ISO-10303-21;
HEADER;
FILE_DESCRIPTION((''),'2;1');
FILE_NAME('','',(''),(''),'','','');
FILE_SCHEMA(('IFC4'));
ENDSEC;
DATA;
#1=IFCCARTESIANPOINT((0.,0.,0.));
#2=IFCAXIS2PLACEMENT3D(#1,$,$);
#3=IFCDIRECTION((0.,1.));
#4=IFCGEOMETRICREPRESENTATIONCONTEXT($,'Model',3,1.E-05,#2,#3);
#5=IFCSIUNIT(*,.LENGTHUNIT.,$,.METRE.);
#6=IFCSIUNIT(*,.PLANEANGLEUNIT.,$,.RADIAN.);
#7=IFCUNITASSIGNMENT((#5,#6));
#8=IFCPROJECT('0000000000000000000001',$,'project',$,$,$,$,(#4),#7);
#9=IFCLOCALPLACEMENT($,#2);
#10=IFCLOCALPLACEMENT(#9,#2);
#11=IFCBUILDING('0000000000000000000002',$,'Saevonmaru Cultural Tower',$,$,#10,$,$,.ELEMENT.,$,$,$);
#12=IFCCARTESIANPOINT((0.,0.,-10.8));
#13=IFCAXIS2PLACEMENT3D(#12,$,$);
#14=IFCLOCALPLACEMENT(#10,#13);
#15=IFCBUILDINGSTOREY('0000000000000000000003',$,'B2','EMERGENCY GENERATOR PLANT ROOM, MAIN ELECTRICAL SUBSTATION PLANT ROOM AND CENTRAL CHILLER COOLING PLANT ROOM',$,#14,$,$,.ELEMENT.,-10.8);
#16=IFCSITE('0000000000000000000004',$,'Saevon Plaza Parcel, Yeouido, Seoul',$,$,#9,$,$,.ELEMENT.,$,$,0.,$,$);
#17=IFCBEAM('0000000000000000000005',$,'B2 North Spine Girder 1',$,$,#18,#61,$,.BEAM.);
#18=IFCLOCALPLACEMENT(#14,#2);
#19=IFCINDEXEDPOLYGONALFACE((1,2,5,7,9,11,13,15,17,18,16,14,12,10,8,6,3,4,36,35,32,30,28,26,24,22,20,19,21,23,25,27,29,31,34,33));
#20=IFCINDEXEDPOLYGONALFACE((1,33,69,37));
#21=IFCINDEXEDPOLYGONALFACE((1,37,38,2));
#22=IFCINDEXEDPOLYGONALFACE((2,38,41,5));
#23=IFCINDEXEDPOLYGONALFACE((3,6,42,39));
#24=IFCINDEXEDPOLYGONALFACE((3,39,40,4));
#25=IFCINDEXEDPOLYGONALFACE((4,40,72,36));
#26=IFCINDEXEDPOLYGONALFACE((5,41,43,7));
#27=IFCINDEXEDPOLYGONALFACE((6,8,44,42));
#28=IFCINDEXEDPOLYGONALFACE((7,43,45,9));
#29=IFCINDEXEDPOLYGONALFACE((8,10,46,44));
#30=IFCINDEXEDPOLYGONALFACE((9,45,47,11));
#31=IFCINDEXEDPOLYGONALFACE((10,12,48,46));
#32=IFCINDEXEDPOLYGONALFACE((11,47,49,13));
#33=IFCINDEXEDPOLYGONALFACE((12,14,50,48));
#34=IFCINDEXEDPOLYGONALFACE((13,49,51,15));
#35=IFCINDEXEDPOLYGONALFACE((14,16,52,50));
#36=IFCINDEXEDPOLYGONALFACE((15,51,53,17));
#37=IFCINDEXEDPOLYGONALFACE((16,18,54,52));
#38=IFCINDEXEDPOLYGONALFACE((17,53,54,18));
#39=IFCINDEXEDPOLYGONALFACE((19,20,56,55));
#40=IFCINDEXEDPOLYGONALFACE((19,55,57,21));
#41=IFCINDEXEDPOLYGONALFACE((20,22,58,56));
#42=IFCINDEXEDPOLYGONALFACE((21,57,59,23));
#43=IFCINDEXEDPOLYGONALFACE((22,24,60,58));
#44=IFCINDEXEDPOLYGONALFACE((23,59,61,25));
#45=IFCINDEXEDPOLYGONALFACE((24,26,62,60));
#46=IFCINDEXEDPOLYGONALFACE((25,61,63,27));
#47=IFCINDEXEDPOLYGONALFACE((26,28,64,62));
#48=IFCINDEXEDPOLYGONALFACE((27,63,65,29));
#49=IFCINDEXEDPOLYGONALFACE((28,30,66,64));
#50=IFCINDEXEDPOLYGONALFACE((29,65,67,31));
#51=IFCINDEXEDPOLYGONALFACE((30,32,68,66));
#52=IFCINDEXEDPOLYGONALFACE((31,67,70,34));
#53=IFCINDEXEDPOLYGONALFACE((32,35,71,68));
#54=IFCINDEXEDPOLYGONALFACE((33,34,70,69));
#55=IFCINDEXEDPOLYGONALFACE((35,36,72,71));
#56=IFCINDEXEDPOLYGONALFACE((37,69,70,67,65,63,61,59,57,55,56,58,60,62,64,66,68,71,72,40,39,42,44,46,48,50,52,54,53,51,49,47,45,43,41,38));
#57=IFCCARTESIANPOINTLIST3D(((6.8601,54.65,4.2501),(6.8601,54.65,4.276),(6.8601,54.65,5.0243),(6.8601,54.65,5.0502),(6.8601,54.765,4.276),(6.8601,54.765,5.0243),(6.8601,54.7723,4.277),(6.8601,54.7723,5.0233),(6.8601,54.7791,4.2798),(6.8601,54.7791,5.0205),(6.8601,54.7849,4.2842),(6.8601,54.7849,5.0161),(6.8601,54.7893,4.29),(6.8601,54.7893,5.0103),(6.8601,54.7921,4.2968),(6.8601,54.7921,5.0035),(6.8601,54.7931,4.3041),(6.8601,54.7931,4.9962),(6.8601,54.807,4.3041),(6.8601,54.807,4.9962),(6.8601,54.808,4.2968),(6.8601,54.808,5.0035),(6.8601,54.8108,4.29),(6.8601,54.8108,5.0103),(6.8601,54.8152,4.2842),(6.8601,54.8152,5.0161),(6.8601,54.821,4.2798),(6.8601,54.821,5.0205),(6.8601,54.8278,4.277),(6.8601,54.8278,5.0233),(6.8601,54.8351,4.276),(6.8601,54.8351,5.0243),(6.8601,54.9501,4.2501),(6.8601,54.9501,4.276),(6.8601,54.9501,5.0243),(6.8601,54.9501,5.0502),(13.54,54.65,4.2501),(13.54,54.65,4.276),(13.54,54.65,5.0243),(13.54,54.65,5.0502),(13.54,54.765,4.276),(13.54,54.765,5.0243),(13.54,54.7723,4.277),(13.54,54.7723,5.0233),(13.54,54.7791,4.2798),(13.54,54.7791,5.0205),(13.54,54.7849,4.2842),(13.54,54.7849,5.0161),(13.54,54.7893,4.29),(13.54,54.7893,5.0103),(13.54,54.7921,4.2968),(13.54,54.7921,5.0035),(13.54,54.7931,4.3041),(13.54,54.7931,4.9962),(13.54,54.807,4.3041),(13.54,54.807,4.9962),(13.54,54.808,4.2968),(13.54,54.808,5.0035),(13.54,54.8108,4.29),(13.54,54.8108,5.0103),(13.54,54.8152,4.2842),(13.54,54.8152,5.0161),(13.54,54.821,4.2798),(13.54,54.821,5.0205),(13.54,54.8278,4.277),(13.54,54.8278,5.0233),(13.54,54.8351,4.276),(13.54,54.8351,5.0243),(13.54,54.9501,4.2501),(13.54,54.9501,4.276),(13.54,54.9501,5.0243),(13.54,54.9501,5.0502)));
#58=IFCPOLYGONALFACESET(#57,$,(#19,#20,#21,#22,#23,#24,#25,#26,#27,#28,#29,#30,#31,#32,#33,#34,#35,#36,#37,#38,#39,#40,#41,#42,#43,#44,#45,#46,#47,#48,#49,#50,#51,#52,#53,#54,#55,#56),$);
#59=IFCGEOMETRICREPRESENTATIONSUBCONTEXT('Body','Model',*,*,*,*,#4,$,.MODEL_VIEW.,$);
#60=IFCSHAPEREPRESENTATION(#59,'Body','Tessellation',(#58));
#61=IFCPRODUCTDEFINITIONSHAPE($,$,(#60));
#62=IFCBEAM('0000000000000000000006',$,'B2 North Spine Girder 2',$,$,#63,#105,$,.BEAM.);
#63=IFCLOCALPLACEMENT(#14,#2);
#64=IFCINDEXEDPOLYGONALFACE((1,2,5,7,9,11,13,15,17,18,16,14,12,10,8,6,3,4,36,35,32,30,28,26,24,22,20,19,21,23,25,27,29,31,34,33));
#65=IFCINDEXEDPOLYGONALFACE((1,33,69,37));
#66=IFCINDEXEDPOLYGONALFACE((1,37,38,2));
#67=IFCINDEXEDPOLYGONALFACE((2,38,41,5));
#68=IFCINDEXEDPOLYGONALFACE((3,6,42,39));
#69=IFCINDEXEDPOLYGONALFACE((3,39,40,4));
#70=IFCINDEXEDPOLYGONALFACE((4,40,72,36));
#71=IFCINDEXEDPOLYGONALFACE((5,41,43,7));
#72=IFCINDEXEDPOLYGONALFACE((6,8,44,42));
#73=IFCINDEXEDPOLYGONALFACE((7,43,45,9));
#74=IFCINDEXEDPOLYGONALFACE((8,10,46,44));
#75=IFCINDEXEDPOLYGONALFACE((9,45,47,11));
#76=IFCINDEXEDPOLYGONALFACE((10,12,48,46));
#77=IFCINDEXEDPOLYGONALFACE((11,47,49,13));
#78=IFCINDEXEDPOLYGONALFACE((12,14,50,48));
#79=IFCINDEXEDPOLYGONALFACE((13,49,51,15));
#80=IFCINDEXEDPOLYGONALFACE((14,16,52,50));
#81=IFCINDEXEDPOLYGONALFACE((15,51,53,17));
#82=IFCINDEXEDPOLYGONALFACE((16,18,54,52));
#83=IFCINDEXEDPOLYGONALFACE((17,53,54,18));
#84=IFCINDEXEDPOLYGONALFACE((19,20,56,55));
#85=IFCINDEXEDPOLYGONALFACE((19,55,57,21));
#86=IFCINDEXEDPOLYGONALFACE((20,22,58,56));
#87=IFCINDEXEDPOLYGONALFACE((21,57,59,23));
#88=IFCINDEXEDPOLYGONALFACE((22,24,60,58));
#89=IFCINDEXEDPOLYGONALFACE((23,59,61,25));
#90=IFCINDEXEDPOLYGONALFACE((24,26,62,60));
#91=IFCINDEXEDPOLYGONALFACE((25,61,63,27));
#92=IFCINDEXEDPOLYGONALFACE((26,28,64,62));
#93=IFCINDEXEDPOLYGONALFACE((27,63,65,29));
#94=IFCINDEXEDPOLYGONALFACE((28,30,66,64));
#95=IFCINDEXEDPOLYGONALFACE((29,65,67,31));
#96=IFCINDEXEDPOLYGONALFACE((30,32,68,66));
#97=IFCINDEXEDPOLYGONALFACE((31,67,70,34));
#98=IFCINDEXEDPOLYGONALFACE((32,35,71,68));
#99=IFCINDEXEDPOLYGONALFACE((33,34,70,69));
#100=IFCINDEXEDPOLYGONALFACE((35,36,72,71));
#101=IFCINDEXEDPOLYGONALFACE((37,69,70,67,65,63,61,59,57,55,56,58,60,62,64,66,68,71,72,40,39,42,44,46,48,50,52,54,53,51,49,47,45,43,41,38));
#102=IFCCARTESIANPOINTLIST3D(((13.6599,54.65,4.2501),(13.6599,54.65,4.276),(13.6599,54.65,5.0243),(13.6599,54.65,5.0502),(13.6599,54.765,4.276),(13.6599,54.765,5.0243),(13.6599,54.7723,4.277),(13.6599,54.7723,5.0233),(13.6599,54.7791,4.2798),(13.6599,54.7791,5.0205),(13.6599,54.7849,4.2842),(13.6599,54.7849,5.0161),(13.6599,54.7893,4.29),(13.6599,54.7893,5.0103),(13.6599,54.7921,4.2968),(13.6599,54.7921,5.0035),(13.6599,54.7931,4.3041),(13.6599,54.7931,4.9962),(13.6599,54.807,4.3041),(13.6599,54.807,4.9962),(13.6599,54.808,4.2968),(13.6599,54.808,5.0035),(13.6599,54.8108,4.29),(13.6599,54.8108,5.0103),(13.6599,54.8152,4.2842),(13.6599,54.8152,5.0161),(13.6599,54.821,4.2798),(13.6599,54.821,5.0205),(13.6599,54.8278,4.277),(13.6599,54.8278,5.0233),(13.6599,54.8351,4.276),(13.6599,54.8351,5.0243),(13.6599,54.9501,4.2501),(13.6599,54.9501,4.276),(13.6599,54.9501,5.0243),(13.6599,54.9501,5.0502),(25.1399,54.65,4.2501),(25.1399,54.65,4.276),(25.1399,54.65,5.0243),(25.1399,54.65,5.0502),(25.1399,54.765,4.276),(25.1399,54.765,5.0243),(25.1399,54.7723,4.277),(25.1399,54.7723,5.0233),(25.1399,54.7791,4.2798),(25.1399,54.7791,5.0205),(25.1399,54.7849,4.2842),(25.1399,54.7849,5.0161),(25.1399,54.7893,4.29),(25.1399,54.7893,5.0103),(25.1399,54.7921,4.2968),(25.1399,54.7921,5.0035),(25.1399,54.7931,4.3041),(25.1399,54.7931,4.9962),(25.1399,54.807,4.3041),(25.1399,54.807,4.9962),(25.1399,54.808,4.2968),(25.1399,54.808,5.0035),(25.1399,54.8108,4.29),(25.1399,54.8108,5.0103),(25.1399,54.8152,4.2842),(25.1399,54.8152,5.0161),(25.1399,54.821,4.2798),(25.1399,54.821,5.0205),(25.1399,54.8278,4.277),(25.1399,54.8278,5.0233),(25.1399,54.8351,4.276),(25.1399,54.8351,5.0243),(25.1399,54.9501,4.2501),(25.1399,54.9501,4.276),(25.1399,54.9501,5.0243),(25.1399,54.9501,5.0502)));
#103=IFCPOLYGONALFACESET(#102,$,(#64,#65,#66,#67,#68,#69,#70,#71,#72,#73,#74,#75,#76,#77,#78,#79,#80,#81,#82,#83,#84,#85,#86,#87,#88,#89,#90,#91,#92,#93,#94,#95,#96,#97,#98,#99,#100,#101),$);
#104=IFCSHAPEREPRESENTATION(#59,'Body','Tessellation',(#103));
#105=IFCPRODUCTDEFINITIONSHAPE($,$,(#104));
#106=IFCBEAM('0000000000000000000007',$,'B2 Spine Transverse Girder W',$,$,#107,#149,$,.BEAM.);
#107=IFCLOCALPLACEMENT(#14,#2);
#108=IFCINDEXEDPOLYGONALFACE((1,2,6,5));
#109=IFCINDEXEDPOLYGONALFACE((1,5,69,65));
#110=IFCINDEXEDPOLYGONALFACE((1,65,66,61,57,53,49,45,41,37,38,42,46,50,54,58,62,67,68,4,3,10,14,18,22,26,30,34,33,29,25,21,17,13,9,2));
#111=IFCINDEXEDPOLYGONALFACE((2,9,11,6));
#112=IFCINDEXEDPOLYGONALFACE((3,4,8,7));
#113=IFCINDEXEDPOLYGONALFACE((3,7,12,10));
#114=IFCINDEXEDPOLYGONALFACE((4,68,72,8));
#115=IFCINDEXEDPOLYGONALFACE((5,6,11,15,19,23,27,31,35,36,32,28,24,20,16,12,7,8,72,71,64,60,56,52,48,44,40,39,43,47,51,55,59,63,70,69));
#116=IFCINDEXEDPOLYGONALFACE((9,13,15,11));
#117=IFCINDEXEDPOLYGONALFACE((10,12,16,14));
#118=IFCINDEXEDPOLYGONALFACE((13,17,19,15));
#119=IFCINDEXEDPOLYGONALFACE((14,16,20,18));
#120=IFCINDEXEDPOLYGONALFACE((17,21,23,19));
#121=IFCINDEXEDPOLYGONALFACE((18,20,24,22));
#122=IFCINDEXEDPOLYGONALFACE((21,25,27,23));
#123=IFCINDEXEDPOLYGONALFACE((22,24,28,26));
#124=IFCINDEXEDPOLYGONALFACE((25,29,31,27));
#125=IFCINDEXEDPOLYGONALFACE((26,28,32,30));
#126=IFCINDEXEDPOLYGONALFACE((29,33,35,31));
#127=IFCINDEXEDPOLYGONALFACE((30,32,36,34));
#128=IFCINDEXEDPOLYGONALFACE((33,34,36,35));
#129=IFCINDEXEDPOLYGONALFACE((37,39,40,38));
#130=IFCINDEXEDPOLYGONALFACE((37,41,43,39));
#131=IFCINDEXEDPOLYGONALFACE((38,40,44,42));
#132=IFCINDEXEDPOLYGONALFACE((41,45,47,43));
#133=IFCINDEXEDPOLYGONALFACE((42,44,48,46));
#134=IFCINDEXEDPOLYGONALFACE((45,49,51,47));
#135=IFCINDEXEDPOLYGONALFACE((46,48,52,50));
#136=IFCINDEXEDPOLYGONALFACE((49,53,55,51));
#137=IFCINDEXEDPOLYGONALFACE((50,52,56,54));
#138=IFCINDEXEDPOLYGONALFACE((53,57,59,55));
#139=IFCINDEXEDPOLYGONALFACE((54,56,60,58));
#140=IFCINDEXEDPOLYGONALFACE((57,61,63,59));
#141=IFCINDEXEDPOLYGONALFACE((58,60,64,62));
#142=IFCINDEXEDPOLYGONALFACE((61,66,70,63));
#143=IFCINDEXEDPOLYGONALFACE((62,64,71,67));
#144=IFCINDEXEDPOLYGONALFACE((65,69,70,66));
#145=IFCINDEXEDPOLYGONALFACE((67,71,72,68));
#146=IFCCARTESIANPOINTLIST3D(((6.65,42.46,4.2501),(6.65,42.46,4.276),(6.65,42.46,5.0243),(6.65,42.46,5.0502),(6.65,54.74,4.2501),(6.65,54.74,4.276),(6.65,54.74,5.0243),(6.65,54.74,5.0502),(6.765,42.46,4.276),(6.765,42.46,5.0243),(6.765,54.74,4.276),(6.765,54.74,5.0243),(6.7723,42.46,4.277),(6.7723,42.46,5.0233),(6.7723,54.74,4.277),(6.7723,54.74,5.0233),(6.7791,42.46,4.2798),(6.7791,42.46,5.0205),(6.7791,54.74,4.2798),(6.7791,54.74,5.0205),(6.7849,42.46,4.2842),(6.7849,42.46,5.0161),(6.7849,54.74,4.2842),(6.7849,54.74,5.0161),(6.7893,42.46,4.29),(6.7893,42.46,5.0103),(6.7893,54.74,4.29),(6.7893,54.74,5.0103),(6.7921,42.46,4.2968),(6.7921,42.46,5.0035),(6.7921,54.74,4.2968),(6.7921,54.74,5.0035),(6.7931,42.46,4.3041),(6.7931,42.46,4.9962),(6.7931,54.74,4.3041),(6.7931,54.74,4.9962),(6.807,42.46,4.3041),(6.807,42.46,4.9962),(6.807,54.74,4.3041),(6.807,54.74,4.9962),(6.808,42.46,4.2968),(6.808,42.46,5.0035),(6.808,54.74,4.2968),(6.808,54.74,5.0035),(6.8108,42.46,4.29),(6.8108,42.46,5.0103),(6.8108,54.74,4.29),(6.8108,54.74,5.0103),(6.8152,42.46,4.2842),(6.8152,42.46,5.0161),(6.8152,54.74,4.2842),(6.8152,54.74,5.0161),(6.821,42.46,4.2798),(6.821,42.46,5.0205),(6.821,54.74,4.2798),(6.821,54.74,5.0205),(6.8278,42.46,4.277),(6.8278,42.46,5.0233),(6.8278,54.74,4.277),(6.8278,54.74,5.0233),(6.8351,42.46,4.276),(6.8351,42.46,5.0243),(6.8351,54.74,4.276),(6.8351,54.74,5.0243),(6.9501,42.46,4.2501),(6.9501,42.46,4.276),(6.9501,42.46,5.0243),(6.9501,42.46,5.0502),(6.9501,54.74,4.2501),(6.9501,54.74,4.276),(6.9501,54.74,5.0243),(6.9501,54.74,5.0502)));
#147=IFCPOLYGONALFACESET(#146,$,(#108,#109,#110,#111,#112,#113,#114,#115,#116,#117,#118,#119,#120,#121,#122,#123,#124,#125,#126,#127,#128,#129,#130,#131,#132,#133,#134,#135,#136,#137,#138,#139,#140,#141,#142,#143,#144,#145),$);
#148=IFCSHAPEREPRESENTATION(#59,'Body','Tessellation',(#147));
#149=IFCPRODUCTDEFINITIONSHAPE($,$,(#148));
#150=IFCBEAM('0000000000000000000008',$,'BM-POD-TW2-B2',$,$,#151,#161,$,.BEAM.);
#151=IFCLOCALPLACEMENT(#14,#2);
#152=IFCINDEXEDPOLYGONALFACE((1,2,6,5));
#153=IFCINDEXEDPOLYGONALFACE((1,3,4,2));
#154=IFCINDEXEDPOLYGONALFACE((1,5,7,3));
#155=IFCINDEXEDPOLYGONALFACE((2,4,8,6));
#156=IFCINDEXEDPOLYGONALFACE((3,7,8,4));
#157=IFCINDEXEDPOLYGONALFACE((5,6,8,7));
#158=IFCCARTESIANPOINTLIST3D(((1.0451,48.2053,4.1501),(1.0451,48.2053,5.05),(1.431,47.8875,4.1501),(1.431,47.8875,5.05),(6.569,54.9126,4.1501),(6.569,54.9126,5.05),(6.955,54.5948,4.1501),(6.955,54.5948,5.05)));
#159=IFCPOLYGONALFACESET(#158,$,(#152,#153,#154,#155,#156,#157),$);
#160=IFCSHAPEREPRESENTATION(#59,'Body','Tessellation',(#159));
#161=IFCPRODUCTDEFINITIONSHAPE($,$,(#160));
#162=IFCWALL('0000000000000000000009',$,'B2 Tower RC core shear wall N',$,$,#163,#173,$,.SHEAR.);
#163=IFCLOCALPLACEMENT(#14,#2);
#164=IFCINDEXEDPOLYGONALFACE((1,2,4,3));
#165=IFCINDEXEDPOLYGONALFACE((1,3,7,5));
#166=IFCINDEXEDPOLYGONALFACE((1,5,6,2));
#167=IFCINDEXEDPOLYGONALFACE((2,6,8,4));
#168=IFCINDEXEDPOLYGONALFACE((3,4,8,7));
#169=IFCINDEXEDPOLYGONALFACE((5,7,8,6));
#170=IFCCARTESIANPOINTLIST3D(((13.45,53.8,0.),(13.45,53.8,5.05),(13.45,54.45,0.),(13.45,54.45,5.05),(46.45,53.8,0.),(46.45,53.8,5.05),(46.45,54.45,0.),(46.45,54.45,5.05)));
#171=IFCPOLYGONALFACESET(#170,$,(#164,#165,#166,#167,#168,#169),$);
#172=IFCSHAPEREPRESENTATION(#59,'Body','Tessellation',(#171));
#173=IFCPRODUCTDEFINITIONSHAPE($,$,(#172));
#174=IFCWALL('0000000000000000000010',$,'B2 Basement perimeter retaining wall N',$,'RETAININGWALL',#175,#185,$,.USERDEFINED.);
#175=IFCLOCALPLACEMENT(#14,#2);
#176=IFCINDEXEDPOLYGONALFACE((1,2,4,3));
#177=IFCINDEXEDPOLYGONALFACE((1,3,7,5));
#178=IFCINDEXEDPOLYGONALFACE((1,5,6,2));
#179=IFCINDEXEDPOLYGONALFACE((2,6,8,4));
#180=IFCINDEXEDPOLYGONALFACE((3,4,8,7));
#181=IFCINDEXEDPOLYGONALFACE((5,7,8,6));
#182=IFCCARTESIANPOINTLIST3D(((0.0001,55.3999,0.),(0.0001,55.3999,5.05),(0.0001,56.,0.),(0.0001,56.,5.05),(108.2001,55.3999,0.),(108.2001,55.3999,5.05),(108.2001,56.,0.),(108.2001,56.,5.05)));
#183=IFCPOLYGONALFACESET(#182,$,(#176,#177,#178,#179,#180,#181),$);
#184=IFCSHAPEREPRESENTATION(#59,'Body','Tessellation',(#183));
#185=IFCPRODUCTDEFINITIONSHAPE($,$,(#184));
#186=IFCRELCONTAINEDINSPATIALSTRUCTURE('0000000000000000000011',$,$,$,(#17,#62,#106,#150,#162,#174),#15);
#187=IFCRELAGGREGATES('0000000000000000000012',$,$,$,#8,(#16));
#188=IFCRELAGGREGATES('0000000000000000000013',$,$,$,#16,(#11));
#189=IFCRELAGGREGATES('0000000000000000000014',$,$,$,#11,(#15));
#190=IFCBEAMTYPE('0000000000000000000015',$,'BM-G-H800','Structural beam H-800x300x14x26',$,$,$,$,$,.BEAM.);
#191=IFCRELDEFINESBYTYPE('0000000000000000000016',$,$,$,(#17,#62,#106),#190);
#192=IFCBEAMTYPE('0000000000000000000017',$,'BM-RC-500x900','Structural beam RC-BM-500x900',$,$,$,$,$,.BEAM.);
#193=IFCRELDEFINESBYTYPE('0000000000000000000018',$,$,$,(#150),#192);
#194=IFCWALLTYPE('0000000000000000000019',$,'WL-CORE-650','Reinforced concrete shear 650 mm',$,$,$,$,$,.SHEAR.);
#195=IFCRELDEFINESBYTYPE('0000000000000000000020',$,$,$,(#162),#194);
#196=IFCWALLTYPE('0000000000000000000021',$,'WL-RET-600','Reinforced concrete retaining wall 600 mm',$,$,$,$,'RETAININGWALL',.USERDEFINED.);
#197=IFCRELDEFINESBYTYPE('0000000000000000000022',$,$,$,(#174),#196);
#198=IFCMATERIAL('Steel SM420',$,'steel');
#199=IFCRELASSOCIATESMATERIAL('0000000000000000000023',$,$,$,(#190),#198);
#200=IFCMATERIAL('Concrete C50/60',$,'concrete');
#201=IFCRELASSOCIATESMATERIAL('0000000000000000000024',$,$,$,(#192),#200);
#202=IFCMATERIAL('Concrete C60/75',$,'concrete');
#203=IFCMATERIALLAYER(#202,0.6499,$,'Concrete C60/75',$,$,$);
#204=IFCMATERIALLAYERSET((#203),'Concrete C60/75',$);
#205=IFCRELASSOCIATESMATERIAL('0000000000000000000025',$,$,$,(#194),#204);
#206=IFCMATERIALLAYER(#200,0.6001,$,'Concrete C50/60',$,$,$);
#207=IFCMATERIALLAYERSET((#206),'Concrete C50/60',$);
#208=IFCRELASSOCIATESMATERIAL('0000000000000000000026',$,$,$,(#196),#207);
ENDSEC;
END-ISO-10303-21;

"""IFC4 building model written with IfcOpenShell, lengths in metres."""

from ifc_helpers import new_model, si_unit, direction, frame, frame_2d, origin, origin_2d, place, context, subcontext, project, spatial, rectangle, i_section, extrude, material, layer, layer_set, material_profile, profile_set, type_object, element, save


model = new_model("IFC4")

# Units and contexts
model_context = context("Model", 3, precision=1e-05, world=origin(), true_north=direction((0.0, 1.0)))
body_context = subcontext(model_context, "Body", "Model", "MODEL_VIEW")
ifc_project = project(units=[si_unit("LENGTHUNIT", "METRE"), si_unit("PLANEANGLEUNIT", "RADIAN")], contexts=[model_context])

# Site, building, storey
site_placement = place(None, origin())
site = spatial("IfcSite", under=ifc_project, at=site_placement, Name="Saevon Plaza Parcel, Yeouido, Seoul", CompositionType="ELEMENT", RefElevation=0.0)
building_placement = place(site_placement, origin())
building = spatial("IfcBuilding", under=site, at=building_placement, Name="Saevonmaru Cultural Tower", CompositionType="ELEMENT")
storey_placement = place(building_placement, frame((0.0, 0.0, -10.8)))
storey = spatial("IfcBuildingStorey", under=building, at=storey_placement, Name="B2", Description="EMERGENCY GENERATOR PLANT ROOM, MAIN ELECTRICAL SUBSTATION PLANT ROOM AND CENTRAL CHILLER COOLING PLANT ROOM", CompositionType="ELEMENT", Elevation=-10.8)

# Shared definitions
ifc_material_1 = material(Name="Concrete C50/60", Category="concrete")

# Shared definitions
ifc_material_2 = material(Name="Concrete C60/75", Category="concrete")

# Beams
ifc_material_3 = material(Name="Steel SM420", Category="steel")
ifc_material_profile_1 = material_profile(ifc_material_3, i_section(OverallWidth=0.3, OverallDepth=0.8, WebThickness=0.0139, FlangeThickness=0.0259, FilletRadius=0.0281, at=origin_2d()), Name="H-800x300x14x26")
ifc_profile_set_1 = profile_set([ifc_material_profile_1], Name="Steel SM420")
beam_type_1 = type_object("IfcBeamType", Name="BM-G-H800", Description="Structural beam H-800x300x14x26", PredefinedType="BEAM", material=ifc_profile_set_1)
beam_1_placement = place(storey_placement, frame((6.8601, 54.8, 4.6501), z_axis=(1.0, 0.0, 0.0), x_axis=(0.0, 1.0, 0.0)))
element("IfcBeam", 1, at=beam_1_placement, inside=storey, type_object=beam_type_1, Name="B2 North Spine Girder 1", PredefinedType="BEAM", context=body_context, shape_type="SweptSolid", body=[
    extrude(i_section(OverallWidth=0.3, OverallDepth=0.8, WebThickness=0.0139, FlangeThickness=0.0259, FilletRadius=0.0281, at=origin_2d()), origin(), (0.0, 0.0, 1.0), 6.6799),
])
beam_2_placement = place(storey_placement, frame((13.6599, 54.8, 4.6501), z_axis=(1.0, 0.0, 0.0), x_axis=(0.0, 1.0, 0.0)))
element("IfcBeam", 2, at=beam_2_placement, inside=storey, type_object=beam_type_1, Name="B2 North Spine Girder 2", PredefinedType="BEAM", context=body_context, shape_type="SweptSolid", body=[
    extrude(i_section(OverallWidth=0.3, OverallDepth=0.8, WebThickness=0.0139, FlangeThickness=0.0259, FilletRadius=0.0281, at=origin_2d()), origin(), (0.0, 0.0, 1.0), 11.48),
])
beam_3_placement = place(storey_placement, frame((6.8, 54.74, 4.6501), z_axis=(0.0, -1.0, 0.0), x_axis=(1.0, 0.0, 0.0)))
element("IfcBeam", 3, at=beam_3_placement, inside=storey, type_object=beam_type_1, Name="B2 Spine Transverse Girder W", PredefinedType="BEAM", context=body_context, shape_type="SweptSolid", body=[
    extrude(i_section(OverallWidth=0.3, OverallDepth=0.8, WebThickness=0.0139, FlangeThickness=0.0259, FilletRadius=0.0281, at=origin_2d()), origin(), (0.0, 0.0, 1.0), 12.28),
])
ifc_material_profile_2 = material_profile(ifc_material_1, rectangle(XDim=0.5, YDim=0.8999, at=origin_2d()), Name="RC-BM-500x900")
ifc_profile_set_2 = profile_set([ifc_material_profile_2], Name="Concrete C50/60")
beam_type_2 = type_object("IfcBeamType", Name="BM-RC-500x900", Description="Structural beam RC-BM-500x900", PredefinedType="BEAM", material=ifc_profile_set_2)
beam_4_placement = place(storey_placement, frame((1.238, 48.0464, 4.6001), z_axis=(0.635727, 0.771914, 0.0), x_axis=(-0.771914, 0.635727, 0.0)))
element("IfcBeam", 4, at=beam_4_placement, inside=storey, type_object=beam_type_2, Name="BM-POD-TW2-B2", PredefinedType="BEAM", context=body_context, shape_type="SweptSolid", body=[
    extrude(rectangle(XDim=0.5, YDim=0.8999, at=origin_2d()), origin(), (0.0, 0.0, 1.0), 8.6892),
])

# Walls
ifc_layer_1 = layer(ifc_material_2, 0.6499, Name="Concrete C60/75")
ifc_layer_set_1 = layer_set([ifc_layer_1], Name="Concrete C60/75")
wall_type_1 = type_object("IfcWallType", Name="WL-CORE-650", Description="Reinforced concrete shear 650 mm", PredefinedType="SHEAR", material=ifc_layer_set_1)
wall_1_placement = place(storey_placement, frame((13.45, 54.125, 0.0), z_axis=(0.0, 0.0, 1.0), x_axis=(1.0, 0.0, 0.0)))
element("IfcWall", 5, at=wall_1_placement, inside=storey, type_object=wall_type_1, Name="B2 Tower RC core shear wall N", PredefinedType="SHEAR", context=body_context, shape_type="SweptSolid", body=[
    extrude(rectangle(XDim=33.0, YDim=0.6499, at=frame_2d((16.5, 0.0))), origin(), (0.0, 0.0, 1.0), 5.05),
])
ifc_layer_2 = layer(ifc_material_1, 0.6001, Name="Concrete C50/60")
ifc_layer_set_2 = layer_set([ifc_layer_2], Name="Concrete C50/60")
wall_type_2 = type_object("IfcWallType", Name="WL-RET-600", Description="Reinforced concrete retaining wall 600 mm", ElementType="RETAININGWALL", PredefinedType="USERDEFINED", material=ifc_layer_set_2)
wall_2_placement = place(storey_placement, frame((0.0, 55.7, 0.0), z_axis=(0.0, 0.0, 1.0), x_axis=(1.0, 0.0, 0.0)))
element("IfcWall", 6, at=wall_2_placement, inside=storey, type_object=wall_type_2, Name="B2 Basement perimeter retaining wall N", ObjectType="RETAININGWALL", PredefinedType="USERDEFINED", context=body_context, shape_type="SweptSolid", body=[
    extrude(rectangle(XDim=108.2, YDim=0.6001, at=frame_2d((54.1001, 0.0))), origin(), (0.0, 0.0, 1.0), 5.05),
])

save(model, "model.ifc")
